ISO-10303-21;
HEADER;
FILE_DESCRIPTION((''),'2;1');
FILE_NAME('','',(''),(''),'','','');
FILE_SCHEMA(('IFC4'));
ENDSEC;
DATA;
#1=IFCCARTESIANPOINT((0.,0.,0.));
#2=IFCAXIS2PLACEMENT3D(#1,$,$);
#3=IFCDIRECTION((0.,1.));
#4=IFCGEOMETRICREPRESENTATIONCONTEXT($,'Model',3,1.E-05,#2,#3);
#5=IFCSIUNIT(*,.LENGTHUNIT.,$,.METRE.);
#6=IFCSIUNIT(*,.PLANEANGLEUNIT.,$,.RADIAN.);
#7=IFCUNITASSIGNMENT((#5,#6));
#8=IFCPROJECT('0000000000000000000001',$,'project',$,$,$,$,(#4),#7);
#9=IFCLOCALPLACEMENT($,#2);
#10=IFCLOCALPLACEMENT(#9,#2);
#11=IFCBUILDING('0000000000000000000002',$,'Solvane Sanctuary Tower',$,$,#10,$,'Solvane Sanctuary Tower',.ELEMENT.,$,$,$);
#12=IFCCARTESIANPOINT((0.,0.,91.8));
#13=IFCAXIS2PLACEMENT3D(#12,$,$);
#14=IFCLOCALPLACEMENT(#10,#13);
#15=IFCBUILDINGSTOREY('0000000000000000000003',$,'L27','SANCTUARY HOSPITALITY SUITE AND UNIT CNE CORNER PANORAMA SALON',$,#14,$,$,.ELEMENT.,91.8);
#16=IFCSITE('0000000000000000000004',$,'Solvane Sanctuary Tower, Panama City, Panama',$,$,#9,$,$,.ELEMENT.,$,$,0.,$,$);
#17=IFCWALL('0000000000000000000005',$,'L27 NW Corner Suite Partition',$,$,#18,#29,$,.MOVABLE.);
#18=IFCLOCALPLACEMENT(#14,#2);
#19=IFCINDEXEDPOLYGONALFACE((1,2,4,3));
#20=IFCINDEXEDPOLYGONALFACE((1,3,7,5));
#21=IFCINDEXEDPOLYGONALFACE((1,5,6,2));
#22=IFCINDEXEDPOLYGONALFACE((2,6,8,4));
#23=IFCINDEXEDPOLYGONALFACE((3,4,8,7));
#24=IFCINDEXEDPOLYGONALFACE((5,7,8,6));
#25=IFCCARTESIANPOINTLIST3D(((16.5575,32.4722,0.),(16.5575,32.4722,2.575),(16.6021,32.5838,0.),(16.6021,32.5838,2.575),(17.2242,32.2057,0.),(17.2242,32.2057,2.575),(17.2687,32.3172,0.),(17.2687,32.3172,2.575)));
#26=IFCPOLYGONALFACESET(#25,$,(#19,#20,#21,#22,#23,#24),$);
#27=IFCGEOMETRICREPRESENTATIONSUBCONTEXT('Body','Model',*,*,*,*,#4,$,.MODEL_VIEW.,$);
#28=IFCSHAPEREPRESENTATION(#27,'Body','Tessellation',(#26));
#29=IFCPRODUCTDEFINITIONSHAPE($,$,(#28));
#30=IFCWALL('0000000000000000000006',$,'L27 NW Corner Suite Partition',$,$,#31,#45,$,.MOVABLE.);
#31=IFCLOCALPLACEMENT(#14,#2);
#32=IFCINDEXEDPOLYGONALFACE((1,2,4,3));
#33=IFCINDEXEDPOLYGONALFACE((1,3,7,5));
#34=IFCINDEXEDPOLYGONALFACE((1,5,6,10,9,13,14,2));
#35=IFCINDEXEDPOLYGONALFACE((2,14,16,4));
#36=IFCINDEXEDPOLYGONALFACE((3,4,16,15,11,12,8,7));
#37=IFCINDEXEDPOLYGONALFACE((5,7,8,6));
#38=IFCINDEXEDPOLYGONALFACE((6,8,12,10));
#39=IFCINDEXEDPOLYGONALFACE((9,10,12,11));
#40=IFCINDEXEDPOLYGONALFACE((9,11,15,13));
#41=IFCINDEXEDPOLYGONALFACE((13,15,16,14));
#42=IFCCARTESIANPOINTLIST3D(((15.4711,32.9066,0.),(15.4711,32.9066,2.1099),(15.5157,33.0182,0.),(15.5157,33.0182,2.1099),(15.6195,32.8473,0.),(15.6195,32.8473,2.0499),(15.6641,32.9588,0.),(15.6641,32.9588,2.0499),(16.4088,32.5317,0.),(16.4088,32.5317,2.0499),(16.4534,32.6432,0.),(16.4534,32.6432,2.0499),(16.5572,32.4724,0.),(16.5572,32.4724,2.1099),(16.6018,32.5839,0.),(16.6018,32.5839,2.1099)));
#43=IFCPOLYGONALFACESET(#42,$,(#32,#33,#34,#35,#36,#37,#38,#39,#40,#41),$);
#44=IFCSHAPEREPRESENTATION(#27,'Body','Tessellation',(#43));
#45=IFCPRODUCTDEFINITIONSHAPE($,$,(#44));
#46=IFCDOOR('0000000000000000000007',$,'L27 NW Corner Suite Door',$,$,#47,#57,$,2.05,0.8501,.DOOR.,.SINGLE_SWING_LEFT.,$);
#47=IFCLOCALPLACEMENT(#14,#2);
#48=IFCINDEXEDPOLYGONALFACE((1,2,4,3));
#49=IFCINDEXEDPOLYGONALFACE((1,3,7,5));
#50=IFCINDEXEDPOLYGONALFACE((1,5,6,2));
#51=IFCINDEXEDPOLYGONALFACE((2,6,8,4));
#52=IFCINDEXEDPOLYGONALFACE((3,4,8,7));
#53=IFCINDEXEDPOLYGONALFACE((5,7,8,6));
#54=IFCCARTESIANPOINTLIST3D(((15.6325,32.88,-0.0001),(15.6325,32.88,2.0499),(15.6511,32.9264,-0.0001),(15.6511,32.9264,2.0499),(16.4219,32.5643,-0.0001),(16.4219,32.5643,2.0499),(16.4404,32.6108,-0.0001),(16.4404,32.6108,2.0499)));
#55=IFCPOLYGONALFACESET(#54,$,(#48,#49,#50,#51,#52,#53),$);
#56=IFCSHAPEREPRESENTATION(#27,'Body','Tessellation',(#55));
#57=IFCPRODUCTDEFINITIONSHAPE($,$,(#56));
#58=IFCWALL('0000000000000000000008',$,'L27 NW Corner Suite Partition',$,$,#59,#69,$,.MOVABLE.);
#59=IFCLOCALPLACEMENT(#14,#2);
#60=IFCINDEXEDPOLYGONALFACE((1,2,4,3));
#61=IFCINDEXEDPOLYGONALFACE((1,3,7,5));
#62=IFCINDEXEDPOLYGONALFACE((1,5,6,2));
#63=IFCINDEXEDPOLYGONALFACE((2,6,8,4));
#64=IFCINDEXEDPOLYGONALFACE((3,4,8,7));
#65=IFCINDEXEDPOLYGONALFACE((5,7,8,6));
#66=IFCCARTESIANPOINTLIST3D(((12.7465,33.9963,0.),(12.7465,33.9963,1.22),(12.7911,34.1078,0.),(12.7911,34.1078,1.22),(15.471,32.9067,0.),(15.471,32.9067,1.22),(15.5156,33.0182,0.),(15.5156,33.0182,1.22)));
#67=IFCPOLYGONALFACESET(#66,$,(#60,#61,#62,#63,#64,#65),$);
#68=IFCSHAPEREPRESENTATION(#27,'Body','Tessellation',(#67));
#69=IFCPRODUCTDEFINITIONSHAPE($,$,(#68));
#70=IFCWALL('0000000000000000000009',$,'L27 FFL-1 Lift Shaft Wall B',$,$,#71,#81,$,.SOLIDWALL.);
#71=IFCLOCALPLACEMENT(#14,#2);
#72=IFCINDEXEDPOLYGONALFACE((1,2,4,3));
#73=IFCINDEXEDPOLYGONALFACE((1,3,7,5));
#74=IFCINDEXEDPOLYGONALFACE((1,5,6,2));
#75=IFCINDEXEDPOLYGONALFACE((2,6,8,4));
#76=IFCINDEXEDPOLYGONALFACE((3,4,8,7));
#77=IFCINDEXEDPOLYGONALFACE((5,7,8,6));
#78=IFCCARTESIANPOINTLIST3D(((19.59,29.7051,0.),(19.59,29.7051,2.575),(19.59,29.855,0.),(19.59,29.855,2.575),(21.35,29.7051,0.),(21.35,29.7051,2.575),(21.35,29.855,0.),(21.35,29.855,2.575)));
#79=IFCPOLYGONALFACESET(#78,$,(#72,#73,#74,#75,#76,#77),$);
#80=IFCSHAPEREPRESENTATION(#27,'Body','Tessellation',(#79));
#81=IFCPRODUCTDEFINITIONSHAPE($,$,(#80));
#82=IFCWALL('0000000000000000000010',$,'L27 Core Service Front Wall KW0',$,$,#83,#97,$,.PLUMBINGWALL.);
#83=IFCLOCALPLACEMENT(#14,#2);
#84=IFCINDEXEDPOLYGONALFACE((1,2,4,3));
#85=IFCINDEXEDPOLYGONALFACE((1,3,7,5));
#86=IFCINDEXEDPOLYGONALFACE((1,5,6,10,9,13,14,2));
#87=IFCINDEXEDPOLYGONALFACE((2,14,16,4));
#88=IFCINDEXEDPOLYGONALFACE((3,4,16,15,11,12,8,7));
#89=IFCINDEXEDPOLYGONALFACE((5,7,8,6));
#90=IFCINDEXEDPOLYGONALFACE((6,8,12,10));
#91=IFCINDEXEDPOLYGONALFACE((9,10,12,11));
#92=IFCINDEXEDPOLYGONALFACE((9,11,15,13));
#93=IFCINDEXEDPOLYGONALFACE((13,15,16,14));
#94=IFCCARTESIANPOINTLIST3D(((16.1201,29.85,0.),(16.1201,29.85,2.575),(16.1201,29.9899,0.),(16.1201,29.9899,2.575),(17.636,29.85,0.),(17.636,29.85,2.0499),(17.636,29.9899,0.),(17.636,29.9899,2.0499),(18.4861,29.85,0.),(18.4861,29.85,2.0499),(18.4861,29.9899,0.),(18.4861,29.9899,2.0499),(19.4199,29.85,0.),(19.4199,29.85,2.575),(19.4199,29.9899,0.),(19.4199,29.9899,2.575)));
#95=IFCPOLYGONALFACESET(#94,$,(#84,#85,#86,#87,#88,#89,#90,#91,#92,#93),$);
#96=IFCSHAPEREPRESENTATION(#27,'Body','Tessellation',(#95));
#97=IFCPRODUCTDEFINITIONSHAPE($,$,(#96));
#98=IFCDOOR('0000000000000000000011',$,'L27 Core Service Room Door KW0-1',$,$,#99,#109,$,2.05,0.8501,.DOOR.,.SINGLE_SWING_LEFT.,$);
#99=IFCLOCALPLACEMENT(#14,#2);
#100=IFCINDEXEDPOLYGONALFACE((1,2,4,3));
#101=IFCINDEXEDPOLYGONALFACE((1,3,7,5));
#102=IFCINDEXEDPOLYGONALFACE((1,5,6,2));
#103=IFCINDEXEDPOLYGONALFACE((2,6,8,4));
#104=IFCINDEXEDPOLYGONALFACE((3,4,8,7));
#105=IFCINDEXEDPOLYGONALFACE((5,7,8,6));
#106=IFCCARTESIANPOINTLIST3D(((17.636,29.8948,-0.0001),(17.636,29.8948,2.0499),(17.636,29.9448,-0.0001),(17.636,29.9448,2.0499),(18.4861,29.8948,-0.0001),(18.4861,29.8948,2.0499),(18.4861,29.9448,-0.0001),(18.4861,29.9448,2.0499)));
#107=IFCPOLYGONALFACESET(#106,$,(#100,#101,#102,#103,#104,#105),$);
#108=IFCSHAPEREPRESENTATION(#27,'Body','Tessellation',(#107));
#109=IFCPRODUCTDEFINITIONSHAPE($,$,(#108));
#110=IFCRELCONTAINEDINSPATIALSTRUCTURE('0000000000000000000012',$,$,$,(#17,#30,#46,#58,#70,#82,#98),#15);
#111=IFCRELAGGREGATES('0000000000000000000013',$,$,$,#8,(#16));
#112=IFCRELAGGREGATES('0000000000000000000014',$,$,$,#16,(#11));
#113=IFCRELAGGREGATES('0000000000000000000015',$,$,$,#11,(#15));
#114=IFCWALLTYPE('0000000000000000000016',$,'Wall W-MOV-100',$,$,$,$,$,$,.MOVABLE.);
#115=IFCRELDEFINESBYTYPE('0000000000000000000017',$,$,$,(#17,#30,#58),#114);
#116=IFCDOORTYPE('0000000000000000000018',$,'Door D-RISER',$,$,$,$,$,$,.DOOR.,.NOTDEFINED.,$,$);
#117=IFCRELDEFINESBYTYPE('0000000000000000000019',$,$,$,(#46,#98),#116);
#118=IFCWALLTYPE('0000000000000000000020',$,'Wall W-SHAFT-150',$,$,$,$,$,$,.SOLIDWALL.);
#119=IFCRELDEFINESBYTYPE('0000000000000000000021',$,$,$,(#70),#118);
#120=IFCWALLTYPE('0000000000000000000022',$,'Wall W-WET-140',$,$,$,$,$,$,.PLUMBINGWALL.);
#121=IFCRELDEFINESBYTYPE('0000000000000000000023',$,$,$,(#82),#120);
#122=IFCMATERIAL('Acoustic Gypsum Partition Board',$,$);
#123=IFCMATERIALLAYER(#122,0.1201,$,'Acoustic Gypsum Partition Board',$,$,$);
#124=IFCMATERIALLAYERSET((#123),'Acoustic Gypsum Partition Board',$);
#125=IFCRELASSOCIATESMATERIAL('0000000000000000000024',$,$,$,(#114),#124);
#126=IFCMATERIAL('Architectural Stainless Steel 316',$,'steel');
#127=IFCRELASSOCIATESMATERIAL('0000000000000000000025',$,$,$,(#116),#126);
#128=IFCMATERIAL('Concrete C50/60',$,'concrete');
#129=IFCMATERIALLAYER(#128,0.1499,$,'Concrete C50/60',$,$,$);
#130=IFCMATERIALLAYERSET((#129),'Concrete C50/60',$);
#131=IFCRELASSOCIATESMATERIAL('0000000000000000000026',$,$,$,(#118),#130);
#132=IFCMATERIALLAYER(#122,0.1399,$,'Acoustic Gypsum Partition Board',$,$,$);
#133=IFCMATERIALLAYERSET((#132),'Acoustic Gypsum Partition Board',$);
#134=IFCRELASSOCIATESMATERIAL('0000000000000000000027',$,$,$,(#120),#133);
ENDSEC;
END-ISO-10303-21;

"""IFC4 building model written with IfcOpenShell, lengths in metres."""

from ifc_helpers import new_model, si_unit, direction, frame, frame_2d, origin, place, context, subcontext, project, spatial, rectangle, extrude, material, layer, layer_set, type_object, element, fill, save


model = new_model("IFC4")

# Units and contexts
model_context = context("Model", 3, precision=1e-05, world=origin(), true_north=direction((0.0, 1.0)))
body_context = subcontext(model_context, "Body", "Model", "MODEL_VIEW")
ifc_project = project(units=[si_unit("LENGTHUNIT", "METRE"), si_unit("PLANEANGLEUNIT", "RADIAN")], contexts=[model_context])

# Site, building, storey
site_placement = place(None, origin())
site = spatial("IfcSite", under=ifc_project, at=site_placement, Name="Solvane Sanctuary Tower, Panama City, Panama", CompositionType="ELEMENT", RefElevation=0.0)
building_placement = place(site_placement, origin())
building = spatial("IfcBuilding", under=site, at=building_placement, Name="Solvane Sanctuary Tower", LongName="Solvane Sanctuary Tower", CompositionType="ELEMENT")
storey_placement = place(building_placement, frame((0.0, 0.0, 91.8)))
storey = spatial("IfcBuildingStorey", under=building, at=storey_placement, Name="L27", Description="SANCTUARY HOSPITALITY SUITE AND UNIT CNE CORNER PANORAMA SALON", CompositionType="ELEMENT", Elevation=91.8)

# Shared definitions
ifc_material_1 = material(Name="Acoustic Gypsum Partition Board")

# Wall
ifc_layer_1 = layer(ifc_material_1, 0.1201, Name="Acoustic Gypsum Partition Board")
ifc_layer_set_1 = layer_set([ifc_layer_1], Name="Acoustic Gypsum Partition Board")
wall_type_1 = type_object("IfcWallType", Name="Wall W-MOV-100", PredefinedType="MOVABLE", material=ifc_layer_set_1)
wall_1_placement = place(storey_placement, frame((17.2463, 32.2615, 0.0), z_axis=(0.0, 0.0, 1.0), x_axis=(-0.928524, 0.371273, 0.0)))
element("IfcWall", 1, at=wall_1_placement, inside=storey, type_object=wall_type_1, Name="L27 NW Corner Suite Partition", PredefinedType="MOVABLE", context=body_context, shape_type="SweptSolid", body=[
    extrude(rectangle(XDim=0.718, YDim=0.1201, at=frame_2d((0.3589, 0.0))), origin(), (0.0, 0.0, 1.0), 2.575),
])

# Wall, opening, door
wall_2_placement = place(storey_placement, frame((16.5796, 32.5281, 0.0), z_axis=(0.0, 0.0, 1.0), x_axis=(-0.92852, 0.371283, 0.0)))
wall_2 = element("IfcWall", 2, at=wall_2_placement, inside=storey, type_object=wall_type_1, Name="L27 NW Corner Suite Partition", PredefinedType="MOVABLE", context=body_context, shape_type="SweptSolid", body=[
    extrude(rectangle(XDim=1.1697, YDim=0.1201, at=frame_2d((0.585, 0.0))), origin(), (0.0, 0.0, 1.0), 2.1099),
])
opening_1_placement = place(wall_2_placement, frame((0.1599, 0.0, 0.0)))
opening_1 = element("IfcOpeningElement", 3, at=opening_1_placement, cuts=wall_2, PredefinedType="OPENING", context=body_context, shape_type="SweptSolid", body=[
    extrude(rectangle(XDim=0.8501, YDim=2.05, at=frame_2d((0.425, 1.0249))), frame((0.0, 0.0701, 0.0), z_axis=(0.0, -1.0, 0.0), x_axis=(1.0, 0.0, 0.0)), (0.0, 0.0, 1.0), 0.1401),
])
ifc_material_2 = material(Name="Architectural Stainless Steel 316", Category="steel")
door_type_1 = type_object("IfcDoorType", Name="Door D-RISER", OperationType="NOTDEFINED", PredefinedType="DOOR", material=ifc_material_2)
door_1_placement = place(opening_1_placement, origin())
door_1 = element("IfcDoor", 4, at=door_1_placement, inside=storey, type_object=door_type_1, Name="L27 NW Corner Suite Door", OperationType="SINGLE_SWING_LEFT", OverallHeight=2.05, OverallWidth=0.8501, PredefinedType="DOOR", context=body_context, shape_type="SweptSolid", body=[
    extrude(rectangle(XDim=0.8501, YDim=2.05, at=frame_2d((0.425, 1.0249))), frame((0.0, 0.0249, 0.0), z_axis=(0.0, -1.0, 0.0), x_axis=(1.0, 0.0, 0.0)), (0.0, 0.0, 1.0), 0.05),
])
fill(opening_1, door_1)

# Walls
wall_3_placement = place(storey_placement, frame((15.4934, 32.9624, 0.0), z_axis=(0.0, 0.0, 1.0), x_axis=(-0.928505, 0.371319, 0.0)))
element("IfcWall", 5, at=wall_3_placement, inside=storey, type_object=wall_type_1, Name="L27 NW Corner Suite Partition", PredefinedType="MOVABLE", context=body_context, shape_type="SweptSolid", body=[
    extrude(rectangle(XDim=2.9343, YDim=0.1201, at=frame_2d((1.4673, 0.0))), origin(), (0.0, 0.0, 1.0), 1.22),
])
ifc_material_3 = material(Name="Concrete C50/60", Category="concrete")
ifc_layer_2 = layer(ifc_material_3, 0.1499, Name="Concrete C50/60")
ifc_layer_set_2 = layer_set([ifc_layer_2], Name="Concrete C50/60")
wall_type_2 = type_object("IfcWallType", Name="Wall W-SHAFT-150", PredefinedType="SOLIDWALL", material=ifc_layer_set_2)
wall_4_placement = place(storey_placement, frame((19.5901, 29.78, 0.0), z_axis=(0.0, 0.0, 1.0), x_axis=(1.0, 0.0, 0.0)))
element("IfcWall", 6, at=wall_4_placement, inside=storey, type_object=wall_type_2, Name="L27 FFL-1 Lift Shaft Wall B", PredefinedType="SOLIDWALL", context=body_context, shape_type="SweptSolid", body=[
    extrude(rectangle(XDim=1.76, YDim=0.1499, at=frame_2d((0.8799, 0.0))), origin(), (0.0, 0.0, 1.0), 2.575),
])

# Wall, opening, door
ifc_layer_3 = layer(ifc_material_1, 0.1399, Name="Acoustic Gypsum Partition Board")
ifc_layer_set_3 = layer_set([ifc_layer_3], Name="Acoustic Gypsum Partition Board")
wall_type_3 = type_object("IfcWallType", Name="Wall W-WET-140", PredefinedType="PLUMBINGWALL", material=ifc_layer_set_3)
wall_5_placement = place(storey_placement, frame((16.1201, 29.9199, 0.0), z_axis=(0.0, 0.0, 1.0), x_axis=(1.0, 0.0, 0.0)))
wall_5 = element("IfcWall", 7, at=wall_5_placement, inside=storey, type_object=wall_type_3, Name="L27 Core Service Front Wall KW0", PredefinedType="PLUMBINGWALL", context=body_context, shape_type="SweptSolid", body=[
    extrude(rectangle(XDim=3.2998, YDim=0.1399, at=frame_2d((1.6499, 0.0))), origin(), (0.0, 0.0, 1.0), 2.575),
])
opening_2_placement = place(wall_5_placement, frame((1.5159, 0.0, 0.0)))
opening_2 = element("IfcOpeningElement", 8, at=opening_2_placement, cuts=wall_5, PredefinedType="OPENING", context=body_context, shape_type="SweptSolid", body=[
    extrude(rectangle(XDim=0.8501, YDim=2.05, at=frame_2d((0.425, 1.0249))), frame((0.0, 0.0798, 0.0), z_axis=(0.0, -1.0, 0.0), x_axis=(1.0, 0.0, 0.0)), (0.0, 0.0, 1.0), 0.1599),
])
door_2_placement = place(opening_2_placement, origin())
door_2 = element("IfcDoor", 9, at=door_2_placement, inside=storey, type_object=door_type_1, Name="L27 Core Service Room Door KW0-1", OperationType="SINGLE_SWING_LEFT", OverallHeight=2.05, OverallWidth=0.8501, PredefinedType="DOOR", context=body_context, shape_type="SweptSolid", body=[
    extrude(rectangle(XDim=0.8501, YDim=2.05, at=frame_2d((0.425, 1.0249))), frame((0.0, 0.0249, 0.0), z_axis=(0.0, -1.0, 0.0), x_axis=(1.0, 0.0, 0.0)), (0.0, 0.0, 1.0), 0.05),
])
fill(opening_2, door_2)

save(model, "model.ifc")
